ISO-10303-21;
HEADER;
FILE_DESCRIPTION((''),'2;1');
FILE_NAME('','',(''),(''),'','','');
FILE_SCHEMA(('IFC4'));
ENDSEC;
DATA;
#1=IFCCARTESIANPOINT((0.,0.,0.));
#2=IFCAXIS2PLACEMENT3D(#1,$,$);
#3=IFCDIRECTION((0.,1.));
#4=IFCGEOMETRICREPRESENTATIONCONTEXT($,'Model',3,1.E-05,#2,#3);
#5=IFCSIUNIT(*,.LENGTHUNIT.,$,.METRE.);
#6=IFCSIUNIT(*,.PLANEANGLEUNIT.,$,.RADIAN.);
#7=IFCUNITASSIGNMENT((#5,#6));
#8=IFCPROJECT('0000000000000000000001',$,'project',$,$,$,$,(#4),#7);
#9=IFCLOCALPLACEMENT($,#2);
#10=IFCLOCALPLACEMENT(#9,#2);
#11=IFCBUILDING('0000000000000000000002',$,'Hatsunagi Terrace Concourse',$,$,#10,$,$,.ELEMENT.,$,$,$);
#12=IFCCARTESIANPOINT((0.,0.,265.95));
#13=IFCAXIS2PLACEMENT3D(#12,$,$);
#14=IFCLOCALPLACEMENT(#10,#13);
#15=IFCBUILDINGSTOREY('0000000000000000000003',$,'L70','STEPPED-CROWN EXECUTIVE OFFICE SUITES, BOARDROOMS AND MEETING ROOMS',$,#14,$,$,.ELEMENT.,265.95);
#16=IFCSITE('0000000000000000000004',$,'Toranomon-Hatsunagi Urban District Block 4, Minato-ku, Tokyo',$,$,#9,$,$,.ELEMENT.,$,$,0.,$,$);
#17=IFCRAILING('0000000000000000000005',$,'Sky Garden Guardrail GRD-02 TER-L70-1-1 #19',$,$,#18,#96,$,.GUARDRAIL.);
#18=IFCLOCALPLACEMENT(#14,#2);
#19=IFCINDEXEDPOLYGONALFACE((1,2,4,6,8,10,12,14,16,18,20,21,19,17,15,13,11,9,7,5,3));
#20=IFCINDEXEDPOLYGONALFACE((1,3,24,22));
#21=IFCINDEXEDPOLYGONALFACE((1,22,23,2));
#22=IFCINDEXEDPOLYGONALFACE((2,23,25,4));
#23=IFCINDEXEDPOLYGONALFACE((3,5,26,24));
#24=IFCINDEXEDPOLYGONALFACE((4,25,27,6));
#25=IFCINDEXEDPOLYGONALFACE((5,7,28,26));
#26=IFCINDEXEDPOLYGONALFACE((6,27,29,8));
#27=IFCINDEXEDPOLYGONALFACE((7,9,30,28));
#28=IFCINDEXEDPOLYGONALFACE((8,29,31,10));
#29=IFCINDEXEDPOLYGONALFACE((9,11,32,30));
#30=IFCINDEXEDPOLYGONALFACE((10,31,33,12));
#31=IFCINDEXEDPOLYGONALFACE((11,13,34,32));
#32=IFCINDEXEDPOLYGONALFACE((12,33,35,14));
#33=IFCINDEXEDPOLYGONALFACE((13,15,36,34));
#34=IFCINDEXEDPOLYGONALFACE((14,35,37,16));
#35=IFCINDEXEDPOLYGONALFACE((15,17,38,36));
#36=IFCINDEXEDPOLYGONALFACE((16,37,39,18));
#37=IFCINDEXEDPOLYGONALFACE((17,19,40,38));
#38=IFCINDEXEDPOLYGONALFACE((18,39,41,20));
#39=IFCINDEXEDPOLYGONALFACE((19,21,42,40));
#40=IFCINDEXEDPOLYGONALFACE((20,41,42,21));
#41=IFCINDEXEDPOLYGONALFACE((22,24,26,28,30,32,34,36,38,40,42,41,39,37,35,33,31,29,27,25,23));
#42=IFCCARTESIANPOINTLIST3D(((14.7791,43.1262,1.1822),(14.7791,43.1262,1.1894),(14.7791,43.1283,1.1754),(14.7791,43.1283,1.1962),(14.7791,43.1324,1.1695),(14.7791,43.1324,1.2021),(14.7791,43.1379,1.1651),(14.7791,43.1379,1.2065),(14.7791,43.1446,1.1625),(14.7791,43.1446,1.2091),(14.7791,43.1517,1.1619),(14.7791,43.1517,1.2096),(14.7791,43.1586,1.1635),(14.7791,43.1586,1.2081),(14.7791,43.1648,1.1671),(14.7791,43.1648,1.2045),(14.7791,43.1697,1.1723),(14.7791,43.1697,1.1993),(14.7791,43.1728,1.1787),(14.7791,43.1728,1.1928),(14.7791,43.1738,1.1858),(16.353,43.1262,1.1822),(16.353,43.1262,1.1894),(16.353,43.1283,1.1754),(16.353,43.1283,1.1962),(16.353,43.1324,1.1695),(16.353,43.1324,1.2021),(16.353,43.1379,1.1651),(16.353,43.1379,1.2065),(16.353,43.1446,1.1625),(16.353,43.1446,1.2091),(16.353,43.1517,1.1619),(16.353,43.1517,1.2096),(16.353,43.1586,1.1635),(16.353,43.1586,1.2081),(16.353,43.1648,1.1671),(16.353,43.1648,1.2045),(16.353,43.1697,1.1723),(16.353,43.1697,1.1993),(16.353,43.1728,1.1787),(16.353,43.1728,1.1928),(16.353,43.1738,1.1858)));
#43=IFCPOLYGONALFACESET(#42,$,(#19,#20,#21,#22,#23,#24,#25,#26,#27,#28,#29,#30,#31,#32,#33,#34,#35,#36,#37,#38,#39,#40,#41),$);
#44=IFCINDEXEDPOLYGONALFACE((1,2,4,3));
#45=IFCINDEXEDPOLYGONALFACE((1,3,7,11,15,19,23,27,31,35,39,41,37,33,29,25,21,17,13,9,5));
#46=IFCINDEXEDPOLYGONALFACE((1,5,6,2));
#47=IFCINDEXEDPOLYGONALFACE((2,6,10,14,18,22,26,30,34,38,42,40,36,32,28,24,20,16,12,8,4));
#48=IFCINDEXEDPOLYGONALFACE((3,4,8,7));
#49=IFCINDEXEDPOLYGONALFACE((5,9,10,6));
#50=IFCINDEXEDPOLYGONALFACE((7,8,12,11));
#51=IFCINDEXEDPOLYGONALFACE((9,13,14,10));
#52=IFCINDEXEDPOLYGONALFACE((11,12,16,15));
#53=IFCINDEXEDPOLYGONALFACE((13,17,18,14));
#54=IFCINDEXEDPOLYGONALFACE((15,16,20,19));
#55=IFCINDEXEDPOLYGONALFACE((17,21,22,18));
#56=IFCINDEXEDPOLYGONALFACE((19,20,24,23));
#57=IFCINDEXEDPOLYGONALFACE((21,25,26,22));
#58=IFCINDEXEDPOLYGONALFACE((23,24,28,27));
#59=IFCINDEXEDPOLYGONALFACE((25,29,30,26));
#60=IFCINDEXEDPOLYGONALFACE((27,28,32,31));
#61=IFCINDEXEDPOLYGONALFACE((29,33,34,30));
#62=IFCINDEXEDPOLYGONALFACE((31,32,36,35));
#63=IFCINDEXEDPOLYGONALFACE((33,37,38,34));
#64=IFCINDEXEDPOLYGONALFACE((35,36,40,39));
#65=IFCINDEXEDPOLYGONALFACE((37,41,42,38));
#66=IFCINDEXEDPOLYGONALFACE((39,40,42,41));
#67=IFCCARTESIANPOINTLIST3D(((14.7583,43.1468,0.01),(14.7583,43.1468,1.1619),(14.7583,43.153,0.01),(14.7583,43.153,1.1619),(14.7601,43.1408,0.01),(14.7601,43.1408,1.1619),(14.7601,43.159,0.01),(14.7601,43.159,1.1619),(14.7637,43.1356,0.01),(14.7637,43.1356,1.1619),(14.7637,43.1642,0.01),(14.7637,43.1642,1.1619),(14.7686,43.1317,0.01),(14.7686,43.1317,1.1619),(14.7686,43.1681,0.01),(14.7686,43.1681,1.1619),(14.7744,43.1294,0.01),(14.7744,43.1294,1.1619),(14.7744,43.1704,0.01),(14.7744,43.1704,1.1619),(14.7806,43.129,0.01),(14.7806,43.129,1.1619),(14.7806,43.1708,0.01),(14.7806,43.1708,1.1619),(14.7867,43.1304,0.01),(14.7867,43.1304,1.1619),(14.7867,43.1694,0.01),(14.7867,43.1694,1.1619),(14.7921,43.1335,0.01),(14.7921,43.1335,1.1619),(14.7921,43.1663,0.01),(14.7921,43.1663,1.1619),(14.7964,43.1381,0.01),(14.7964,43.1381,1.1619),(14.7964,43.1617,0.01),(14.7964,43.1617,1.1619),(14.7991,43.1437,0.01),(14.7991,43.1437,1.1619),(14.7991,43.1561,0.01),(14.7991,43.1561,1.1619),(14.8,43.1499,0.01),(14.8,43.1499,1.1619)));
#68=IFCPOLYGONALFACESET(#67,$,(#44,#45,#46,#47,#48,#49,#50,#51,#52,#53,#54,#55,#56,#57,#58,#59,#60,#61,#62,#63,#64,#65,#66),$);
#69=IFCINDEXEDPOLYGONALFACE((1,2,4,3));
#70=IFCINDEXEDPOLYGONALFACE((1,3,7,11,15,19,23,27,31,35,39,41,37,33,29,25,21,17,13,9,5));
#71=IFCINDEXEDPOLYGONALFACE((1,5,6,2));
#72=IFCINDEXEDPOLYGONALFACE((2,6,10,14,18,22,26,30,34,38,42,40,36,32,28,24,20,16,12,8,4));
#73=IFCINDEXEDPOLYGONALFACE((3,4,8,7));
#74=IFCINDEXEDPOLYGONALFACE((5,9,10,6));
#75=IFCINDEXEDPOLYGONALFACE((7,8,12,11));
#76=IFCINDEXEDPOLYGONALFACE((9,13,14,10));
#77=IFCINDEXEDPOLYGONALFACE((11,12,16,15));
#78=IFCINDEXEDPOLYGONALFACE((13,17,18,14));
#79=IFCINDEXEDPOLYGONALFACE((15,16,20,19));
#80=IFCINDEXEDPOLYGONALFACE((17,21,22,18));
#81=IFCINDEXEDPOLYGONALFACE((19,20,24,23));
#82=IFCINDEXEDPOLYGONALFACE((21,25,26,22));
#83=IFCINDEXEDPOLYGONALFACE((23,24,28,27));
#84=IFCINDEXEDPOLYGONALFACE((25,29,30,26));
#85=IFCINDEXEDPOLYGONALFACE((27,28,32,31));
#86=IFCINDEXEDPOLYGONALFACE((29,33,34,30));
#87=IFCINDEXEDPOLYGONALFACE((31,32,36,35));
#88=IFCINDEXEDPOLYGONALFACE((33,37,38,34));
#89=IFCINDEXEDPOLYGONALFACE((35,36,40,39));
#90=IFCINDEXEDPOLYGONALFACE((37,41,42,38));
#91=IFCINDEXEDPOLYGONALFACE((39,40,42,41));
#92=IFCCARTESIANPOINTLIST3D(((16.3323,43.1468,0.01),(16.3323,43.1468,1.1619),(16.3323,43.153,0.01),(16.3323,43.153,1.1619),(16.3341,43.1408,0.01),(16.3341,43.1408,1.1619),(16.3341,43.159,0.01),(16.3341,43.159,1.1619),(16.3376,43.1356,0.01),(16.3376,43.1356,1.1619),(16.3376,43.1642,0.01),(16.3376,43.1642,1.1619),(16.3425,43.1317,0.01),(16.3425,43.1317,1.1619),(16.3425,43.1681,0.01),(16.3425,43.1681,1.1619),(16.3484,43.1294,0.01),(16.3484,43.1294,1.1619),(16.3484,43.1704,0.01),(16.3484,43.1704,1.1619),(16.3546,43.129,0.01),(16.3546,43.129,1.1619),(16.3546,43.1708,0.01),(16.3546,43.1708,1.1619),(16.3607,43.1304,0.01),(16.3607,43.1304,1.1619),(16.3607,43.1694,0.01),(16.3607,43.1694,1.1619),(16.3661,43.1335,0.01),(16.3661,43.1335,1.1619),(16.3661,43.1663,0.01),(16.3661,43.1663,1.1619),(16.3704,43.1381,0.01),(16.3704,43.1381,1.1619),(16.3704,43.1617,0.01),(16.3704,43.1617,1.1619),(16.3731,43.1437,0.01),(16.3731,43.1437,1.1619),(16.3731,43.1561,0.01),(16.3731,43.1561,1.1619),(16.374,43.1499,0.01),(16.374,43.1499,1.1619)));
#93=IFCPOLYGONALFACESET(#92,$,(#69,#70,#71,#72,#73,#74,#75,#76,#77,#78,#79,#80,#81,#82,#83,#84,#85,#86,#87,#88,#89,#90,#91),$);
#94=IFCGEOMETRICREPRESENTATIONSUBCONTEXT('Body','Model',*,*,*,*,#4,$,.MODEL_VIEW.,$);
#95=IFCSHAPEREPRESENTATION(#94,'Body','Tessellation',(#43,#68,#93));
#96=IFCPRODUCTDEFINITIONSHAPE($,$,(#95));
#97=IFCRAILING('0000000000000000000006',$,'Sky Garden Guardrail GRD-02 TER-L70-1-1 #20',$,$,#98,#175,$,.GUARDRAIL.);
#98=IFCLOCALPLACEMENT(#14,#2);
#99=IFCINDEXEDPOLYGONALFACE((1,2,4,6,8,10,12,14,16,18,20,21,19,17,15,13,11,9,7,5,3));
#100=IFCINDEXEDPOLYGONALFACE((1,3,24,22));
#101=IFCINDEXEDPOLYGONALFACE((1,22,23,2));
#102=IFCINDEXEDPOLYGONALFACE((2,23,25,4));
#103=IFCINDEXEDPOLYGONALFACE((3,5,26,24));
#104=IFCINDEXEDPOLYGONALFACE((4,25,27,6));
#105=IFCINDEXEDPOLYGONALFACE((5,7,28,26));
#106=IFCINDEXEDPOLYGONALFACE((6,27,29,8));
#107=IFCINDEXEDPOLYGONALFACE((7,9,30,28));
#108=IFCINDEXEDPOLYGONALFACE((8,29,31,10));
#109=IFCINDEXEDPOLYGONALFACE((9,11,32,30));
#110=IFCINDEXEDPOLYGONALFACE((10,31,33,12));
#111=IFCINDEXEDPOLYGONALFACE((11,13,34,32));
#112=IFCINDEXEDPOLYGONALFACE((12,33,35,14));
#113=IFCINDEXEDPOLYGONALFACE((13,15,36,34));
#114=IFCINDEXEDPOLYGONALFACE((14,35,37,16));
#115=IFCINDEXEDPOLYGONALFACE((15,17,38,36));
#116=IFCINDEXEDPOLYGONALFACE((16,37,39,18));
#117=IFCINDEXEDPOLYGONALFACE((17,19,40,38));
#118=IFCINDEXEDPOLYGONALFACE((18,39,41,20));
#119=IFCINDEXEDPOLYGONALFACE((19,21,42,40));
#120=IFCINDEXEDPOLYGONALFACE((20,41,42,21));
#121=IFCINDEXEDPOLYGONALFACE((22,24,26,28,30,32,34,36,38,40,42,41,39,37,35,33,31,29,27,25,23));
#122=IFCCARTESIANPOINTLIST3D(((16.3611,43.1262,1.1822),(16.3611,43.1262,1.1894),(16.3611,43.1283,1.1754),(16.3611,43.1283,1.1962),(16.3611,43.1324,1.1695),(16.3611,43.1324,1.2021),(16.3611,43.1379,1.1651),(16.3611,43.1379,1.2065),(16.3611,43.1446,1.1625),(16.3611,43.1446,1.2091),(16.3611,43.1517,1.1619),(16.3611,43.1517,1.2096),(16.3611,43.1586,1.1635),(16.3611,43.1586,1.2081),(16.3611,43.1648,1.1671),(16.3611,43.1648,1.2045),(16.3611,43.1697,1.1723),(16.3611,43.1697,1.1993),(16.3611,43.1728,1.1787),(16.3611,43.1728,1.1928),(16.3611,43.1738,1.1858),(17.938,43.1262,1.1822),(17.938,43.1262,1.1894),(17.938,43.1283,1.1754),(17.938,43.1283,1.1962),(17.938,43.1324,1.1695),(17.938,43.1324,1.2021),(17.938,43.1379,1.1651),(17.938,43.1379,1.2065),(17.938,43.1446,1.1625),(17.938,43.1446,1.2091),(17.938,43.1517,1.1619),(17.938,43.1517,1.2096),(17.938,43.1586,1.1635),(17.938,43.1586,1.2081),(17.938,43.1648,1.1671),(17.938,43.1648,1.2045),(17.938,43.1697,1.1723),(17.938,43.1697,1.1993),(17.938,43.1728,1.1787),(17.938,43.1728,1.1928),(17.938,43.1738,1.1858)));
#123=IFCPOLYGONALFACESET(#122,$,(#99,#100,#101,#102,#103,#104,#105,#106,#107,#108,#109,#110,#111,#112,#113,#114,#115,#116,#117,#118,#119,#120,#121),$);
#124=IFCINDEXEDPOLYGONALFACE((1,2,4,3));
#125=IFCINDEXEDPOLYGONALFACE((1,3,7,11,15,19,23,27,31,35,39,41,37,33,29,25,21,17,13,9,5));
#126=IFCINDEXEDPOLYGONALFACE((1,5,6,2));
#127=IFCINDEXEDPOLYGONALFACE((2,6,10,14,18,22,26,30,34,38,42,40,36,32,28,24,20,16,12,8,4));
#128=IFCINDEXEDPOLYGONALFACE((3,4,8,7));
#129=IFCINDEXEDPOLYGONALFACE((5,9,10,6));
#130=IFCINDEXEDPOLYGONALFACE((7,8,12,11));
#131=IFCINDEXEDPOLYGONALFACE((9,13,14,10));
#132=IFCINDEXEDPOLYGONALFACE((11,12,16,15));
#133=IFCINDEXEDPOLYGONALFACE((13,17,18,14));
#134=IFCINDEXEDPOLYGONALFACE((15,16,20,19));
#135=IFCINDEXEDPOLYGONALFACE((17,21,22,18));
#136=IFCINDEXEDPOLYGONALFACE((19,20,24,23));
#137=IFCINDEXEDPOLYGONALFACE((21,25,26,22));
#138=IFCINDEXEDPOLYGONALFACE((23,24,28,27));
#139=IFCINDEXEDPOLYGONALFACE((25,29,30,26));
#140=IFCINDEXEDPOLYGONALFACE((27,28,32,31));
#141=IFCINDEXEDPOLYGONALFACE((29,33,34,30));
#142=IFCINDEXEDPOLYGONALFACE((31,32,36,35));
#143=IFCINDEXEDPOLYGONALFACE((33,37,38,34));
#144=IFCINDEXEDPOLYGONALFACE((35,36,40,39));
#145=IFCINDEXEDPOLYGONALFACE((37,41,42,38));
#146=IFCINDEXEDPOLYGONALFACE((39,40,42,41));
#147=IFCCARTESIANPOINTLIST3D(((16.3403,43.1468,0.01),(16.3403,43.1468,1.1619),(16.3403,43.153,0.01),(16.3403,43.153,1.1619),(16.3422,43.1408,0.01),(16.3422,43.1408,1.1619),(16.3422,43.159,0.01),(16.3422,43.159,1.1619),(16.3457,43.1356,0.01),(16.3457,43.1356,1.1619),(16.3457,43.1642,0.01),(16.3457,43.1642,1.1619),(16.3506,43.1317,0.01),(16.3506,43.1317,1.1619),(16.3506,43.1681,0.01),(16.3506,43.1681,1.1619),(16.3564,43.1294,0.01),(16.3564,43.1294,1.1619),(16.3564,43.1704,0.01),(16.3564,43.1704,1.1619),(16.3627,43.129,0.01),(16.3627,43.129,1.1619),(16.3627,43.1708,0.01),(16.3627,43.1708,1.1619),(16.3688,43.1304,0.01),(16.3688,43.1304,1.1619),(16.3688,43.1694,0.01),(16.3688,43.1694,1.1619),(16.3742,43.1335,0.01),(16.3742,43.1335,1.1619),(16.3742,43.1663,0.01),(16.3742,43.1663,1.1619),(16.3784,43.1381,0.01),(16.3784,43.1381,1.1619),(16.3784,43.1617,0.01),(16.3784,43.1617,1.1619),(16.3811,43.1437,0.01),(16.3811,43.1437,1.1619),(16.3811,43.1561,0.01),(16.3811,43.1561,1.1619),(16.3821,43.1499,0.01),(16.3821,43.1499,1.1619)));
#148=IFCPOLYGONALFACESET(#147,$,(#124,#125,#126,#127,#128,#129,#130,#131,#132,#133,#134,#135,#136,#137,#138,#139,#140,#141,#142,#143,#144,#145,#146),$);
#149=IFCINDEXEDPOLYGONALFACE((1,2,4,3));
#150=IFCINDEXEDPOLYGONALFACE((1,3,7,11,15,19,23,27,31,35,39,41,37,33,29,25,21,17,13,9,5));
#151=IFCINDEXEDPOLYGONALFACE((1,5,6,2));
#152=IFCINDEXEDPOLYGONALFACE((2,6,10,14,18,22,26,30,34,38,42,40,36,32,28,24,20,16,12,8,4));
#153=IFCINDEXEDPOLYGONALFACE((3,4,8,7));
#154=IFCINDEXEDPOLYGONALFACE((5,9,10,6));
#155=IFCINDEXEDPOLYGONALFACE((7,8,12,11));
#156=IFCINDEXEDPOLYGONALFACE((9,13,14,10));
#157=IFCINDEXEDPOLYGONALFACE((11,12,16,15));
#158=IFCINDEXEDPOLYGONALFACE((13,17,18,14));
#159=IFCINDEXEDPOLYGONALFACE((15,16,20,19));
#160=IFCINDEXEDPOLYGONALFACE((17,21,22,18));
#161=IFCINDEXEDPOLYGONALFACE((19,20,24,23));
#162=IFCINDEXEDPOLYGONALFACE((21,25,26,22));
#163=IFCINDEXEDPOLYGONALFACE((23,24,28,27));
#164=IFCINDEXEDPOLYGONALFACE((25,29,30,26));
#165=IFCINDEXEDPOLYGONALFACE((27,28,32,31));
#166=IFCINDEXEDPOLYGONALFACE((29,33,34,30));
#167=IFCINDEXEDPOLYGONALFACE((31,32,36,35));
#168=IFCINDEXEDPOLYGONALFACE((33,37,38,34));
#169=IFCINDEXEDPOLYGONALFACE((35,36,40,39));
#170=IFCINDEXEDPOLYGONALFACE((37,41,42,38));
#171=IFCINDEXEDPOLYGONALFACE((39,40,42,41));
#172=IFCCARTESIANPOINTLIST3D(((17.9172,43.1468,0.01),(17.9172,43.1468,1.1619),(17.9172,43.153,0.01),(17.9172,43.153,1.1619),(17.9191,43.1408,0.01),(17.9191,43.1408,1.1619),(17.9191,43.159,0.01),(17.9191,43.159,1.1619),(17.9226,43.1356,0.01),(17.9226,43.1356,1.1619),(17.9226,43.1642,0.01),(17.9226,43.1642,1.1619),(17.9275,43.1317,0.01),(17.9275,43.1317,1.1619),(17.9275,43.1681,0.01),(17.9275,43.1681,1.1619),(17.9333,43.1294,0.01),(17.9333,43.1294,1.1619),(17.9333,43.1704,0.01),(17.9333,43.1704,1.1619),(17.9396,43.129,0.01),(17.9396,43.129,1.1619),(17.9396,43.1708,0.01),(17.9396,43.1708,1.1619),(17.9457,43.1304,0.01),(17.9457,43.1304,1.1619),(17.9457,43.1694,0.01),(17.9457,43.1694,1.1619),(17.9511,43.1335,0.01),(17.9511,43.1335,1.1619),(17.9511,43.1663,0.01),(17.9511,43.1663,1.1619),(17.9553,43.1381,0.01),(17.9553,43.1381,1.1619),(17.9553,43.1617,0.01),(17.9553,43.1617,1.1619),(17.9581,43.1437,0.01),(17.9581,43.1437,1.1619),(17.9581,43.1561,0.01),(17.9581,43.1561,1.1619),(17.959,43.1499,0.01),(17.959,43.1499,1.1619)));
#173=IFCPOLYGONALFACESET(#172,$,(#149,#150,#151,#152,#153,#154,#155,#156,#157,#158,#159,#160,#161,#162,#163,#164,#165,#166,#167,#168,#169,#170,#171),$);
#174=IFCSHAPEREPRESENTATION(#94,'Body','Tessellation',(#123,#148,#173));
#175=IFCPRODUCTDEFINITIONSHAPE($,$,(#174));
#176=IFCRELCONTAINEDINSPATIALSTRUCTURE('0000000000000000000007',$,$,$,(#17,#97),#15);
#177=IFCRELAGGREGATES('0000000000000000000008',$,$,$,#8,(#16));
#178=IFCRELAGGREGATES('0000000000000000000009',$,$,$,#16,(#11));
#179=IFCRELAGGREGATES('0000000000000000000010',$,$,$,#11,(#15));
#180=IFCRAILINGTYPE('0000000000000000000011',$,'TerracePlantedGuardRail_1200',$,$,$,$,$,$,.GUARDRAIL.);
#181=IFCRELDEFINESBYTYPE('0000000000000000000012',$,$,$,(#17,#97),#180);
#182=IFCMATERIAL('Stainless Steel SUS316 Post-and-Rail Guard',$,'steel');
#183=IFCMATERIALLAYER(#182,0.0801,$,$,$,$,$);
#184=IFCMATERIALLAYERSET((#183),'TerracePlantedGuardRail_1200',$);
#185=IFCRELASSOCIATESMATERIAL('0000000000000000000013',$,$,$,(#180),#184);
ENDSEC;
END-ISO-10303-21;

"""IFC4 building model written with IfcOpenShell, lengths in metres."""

from ifc_helpers import new_model, si_unit, direction, frame, origin, origin_2d, place, context, subcontext, project, spatial, circle, extrude, material, layer, layer_set, type_object, element, save


model = new_model("IFC4")

# Units and contexts
model_context = context("Model", 3, precision=1e-05, world=origin(), true_north=direction((0.0, 1.0)))
body_context = subcontext(model_context, "Body", "Model", "MODEL_VIEW")
ifc_project = project(units=[si_unit("LENGTHUNIT", "METRE"), si_unit("PLANEANGLEUNIT", "RADIAN")], contexts=[model_context])

# Site, building, storey
site_placement = place(None, origin())
site = spatial("IfcSite", under=ifc_project, at=site_placement, Name="Toranomon-Hatsunagi Urban District Block 4, Minato-ku, Tokyo", CompositionType="ELEMENT", RefElevation=0.0)
building_placement = place(site_placement, origin())
building = spatial("IfcBuilding", under=site, at=building_placement, Name="Hatsunagi Terrace Concourse", CompositionType="ELEMENT")
storey_placement = place(building_placement, frame((0.0, 0.0, 265.95)))
storey = spatial("IfcBuildingStorey", under=building, at=storey_placement, Name="L70", Description="STEPPED-CROWN EXECUTIVE OFFICE SUITES, BOARDROOMS AND MEETING ROOMS", CompositionType="ELEMENT", Elevation=265.95)

# Railings
ifc_material_1 = material(Name="Stainless Steel SUS316 Post-and-Rail Guard", Category="steel")
ifc_layer_1 = layer(ifc_material_1, 0.0801)
ifc_layer_set_1 = layer_set([ifc_layer_1], Name="TerracePlantedGuardRail_1200")
railing_type = type_object("IfcRailingType", Name="TerracePlantedGuardRail_1200", PredefinedType="GUARDRAIL", material=ifc_layer_set_1)
railing_1_placement = place(storey_placement, frame((14.7791, 43.1499, 0.01)))
element("IfcRailing", 1, at=railing_1_placement, inside=storey, type_object=railing_type, Name="Sky Garden Guardrail GRD-02 TER-L70-1-1 #19", PredefinedType="GUARDRAIL", context=body_context, shape_type="SweptSolid", body=[
    extrude(circle(Radius=0.0239, at=origin_2d()), frame((0.0, 0.0, 1.1758), z_axis=(1.0, 0.0, 0.0), x_axis=(0.0, 1.0, 0.0)), (0.0, 0.0, 1.0), 1.574),
    extrude(circle(Radius=0.021, at=origin_2d()), origin(), (0.0, 0.0, 1.0), 1.1519),
    extrude(circle(Radius=0.021, at=origin_2d()), frame((1.574, 0.0, 0.0)), (0.0, 0.0, 1.0), 1.1519),
])
railing_2_placement = place(storey_placement, frame((16.3611, 43.1499, 0.01)))
element("IfcRailing", 2, at=railing_2_placement, inside=storey, type_object=railing_type, Name="Sky Garden Guardrail GRD-02 TER-L70-1-1 #20", PredefinedType="GUARDRAIL", context=body_context, shape_type="SweptSolid", body=[
    extrude(circle(Radius=0.0239, at=origin_2d()), frame((0.0, 0.0, 1.1758), z_axis=(1.0, 0.0, 0.0), x_axis=(0.0, 1.0, 0.0)), (0.0, 0.0, 1.0), 1.5769),
    extrude(circle(Radius=0.021, at=origin_2d()), origin(), (0.0, 0.0, 1.0), 1.1519),
    extrude(circle(Radius=0.021, at=origin_2d()), frame((1.5769, 0.0, 0.0)), (0.0, 0.0, 1.0), 1.1519),
])

save(model, "model.ifc")
